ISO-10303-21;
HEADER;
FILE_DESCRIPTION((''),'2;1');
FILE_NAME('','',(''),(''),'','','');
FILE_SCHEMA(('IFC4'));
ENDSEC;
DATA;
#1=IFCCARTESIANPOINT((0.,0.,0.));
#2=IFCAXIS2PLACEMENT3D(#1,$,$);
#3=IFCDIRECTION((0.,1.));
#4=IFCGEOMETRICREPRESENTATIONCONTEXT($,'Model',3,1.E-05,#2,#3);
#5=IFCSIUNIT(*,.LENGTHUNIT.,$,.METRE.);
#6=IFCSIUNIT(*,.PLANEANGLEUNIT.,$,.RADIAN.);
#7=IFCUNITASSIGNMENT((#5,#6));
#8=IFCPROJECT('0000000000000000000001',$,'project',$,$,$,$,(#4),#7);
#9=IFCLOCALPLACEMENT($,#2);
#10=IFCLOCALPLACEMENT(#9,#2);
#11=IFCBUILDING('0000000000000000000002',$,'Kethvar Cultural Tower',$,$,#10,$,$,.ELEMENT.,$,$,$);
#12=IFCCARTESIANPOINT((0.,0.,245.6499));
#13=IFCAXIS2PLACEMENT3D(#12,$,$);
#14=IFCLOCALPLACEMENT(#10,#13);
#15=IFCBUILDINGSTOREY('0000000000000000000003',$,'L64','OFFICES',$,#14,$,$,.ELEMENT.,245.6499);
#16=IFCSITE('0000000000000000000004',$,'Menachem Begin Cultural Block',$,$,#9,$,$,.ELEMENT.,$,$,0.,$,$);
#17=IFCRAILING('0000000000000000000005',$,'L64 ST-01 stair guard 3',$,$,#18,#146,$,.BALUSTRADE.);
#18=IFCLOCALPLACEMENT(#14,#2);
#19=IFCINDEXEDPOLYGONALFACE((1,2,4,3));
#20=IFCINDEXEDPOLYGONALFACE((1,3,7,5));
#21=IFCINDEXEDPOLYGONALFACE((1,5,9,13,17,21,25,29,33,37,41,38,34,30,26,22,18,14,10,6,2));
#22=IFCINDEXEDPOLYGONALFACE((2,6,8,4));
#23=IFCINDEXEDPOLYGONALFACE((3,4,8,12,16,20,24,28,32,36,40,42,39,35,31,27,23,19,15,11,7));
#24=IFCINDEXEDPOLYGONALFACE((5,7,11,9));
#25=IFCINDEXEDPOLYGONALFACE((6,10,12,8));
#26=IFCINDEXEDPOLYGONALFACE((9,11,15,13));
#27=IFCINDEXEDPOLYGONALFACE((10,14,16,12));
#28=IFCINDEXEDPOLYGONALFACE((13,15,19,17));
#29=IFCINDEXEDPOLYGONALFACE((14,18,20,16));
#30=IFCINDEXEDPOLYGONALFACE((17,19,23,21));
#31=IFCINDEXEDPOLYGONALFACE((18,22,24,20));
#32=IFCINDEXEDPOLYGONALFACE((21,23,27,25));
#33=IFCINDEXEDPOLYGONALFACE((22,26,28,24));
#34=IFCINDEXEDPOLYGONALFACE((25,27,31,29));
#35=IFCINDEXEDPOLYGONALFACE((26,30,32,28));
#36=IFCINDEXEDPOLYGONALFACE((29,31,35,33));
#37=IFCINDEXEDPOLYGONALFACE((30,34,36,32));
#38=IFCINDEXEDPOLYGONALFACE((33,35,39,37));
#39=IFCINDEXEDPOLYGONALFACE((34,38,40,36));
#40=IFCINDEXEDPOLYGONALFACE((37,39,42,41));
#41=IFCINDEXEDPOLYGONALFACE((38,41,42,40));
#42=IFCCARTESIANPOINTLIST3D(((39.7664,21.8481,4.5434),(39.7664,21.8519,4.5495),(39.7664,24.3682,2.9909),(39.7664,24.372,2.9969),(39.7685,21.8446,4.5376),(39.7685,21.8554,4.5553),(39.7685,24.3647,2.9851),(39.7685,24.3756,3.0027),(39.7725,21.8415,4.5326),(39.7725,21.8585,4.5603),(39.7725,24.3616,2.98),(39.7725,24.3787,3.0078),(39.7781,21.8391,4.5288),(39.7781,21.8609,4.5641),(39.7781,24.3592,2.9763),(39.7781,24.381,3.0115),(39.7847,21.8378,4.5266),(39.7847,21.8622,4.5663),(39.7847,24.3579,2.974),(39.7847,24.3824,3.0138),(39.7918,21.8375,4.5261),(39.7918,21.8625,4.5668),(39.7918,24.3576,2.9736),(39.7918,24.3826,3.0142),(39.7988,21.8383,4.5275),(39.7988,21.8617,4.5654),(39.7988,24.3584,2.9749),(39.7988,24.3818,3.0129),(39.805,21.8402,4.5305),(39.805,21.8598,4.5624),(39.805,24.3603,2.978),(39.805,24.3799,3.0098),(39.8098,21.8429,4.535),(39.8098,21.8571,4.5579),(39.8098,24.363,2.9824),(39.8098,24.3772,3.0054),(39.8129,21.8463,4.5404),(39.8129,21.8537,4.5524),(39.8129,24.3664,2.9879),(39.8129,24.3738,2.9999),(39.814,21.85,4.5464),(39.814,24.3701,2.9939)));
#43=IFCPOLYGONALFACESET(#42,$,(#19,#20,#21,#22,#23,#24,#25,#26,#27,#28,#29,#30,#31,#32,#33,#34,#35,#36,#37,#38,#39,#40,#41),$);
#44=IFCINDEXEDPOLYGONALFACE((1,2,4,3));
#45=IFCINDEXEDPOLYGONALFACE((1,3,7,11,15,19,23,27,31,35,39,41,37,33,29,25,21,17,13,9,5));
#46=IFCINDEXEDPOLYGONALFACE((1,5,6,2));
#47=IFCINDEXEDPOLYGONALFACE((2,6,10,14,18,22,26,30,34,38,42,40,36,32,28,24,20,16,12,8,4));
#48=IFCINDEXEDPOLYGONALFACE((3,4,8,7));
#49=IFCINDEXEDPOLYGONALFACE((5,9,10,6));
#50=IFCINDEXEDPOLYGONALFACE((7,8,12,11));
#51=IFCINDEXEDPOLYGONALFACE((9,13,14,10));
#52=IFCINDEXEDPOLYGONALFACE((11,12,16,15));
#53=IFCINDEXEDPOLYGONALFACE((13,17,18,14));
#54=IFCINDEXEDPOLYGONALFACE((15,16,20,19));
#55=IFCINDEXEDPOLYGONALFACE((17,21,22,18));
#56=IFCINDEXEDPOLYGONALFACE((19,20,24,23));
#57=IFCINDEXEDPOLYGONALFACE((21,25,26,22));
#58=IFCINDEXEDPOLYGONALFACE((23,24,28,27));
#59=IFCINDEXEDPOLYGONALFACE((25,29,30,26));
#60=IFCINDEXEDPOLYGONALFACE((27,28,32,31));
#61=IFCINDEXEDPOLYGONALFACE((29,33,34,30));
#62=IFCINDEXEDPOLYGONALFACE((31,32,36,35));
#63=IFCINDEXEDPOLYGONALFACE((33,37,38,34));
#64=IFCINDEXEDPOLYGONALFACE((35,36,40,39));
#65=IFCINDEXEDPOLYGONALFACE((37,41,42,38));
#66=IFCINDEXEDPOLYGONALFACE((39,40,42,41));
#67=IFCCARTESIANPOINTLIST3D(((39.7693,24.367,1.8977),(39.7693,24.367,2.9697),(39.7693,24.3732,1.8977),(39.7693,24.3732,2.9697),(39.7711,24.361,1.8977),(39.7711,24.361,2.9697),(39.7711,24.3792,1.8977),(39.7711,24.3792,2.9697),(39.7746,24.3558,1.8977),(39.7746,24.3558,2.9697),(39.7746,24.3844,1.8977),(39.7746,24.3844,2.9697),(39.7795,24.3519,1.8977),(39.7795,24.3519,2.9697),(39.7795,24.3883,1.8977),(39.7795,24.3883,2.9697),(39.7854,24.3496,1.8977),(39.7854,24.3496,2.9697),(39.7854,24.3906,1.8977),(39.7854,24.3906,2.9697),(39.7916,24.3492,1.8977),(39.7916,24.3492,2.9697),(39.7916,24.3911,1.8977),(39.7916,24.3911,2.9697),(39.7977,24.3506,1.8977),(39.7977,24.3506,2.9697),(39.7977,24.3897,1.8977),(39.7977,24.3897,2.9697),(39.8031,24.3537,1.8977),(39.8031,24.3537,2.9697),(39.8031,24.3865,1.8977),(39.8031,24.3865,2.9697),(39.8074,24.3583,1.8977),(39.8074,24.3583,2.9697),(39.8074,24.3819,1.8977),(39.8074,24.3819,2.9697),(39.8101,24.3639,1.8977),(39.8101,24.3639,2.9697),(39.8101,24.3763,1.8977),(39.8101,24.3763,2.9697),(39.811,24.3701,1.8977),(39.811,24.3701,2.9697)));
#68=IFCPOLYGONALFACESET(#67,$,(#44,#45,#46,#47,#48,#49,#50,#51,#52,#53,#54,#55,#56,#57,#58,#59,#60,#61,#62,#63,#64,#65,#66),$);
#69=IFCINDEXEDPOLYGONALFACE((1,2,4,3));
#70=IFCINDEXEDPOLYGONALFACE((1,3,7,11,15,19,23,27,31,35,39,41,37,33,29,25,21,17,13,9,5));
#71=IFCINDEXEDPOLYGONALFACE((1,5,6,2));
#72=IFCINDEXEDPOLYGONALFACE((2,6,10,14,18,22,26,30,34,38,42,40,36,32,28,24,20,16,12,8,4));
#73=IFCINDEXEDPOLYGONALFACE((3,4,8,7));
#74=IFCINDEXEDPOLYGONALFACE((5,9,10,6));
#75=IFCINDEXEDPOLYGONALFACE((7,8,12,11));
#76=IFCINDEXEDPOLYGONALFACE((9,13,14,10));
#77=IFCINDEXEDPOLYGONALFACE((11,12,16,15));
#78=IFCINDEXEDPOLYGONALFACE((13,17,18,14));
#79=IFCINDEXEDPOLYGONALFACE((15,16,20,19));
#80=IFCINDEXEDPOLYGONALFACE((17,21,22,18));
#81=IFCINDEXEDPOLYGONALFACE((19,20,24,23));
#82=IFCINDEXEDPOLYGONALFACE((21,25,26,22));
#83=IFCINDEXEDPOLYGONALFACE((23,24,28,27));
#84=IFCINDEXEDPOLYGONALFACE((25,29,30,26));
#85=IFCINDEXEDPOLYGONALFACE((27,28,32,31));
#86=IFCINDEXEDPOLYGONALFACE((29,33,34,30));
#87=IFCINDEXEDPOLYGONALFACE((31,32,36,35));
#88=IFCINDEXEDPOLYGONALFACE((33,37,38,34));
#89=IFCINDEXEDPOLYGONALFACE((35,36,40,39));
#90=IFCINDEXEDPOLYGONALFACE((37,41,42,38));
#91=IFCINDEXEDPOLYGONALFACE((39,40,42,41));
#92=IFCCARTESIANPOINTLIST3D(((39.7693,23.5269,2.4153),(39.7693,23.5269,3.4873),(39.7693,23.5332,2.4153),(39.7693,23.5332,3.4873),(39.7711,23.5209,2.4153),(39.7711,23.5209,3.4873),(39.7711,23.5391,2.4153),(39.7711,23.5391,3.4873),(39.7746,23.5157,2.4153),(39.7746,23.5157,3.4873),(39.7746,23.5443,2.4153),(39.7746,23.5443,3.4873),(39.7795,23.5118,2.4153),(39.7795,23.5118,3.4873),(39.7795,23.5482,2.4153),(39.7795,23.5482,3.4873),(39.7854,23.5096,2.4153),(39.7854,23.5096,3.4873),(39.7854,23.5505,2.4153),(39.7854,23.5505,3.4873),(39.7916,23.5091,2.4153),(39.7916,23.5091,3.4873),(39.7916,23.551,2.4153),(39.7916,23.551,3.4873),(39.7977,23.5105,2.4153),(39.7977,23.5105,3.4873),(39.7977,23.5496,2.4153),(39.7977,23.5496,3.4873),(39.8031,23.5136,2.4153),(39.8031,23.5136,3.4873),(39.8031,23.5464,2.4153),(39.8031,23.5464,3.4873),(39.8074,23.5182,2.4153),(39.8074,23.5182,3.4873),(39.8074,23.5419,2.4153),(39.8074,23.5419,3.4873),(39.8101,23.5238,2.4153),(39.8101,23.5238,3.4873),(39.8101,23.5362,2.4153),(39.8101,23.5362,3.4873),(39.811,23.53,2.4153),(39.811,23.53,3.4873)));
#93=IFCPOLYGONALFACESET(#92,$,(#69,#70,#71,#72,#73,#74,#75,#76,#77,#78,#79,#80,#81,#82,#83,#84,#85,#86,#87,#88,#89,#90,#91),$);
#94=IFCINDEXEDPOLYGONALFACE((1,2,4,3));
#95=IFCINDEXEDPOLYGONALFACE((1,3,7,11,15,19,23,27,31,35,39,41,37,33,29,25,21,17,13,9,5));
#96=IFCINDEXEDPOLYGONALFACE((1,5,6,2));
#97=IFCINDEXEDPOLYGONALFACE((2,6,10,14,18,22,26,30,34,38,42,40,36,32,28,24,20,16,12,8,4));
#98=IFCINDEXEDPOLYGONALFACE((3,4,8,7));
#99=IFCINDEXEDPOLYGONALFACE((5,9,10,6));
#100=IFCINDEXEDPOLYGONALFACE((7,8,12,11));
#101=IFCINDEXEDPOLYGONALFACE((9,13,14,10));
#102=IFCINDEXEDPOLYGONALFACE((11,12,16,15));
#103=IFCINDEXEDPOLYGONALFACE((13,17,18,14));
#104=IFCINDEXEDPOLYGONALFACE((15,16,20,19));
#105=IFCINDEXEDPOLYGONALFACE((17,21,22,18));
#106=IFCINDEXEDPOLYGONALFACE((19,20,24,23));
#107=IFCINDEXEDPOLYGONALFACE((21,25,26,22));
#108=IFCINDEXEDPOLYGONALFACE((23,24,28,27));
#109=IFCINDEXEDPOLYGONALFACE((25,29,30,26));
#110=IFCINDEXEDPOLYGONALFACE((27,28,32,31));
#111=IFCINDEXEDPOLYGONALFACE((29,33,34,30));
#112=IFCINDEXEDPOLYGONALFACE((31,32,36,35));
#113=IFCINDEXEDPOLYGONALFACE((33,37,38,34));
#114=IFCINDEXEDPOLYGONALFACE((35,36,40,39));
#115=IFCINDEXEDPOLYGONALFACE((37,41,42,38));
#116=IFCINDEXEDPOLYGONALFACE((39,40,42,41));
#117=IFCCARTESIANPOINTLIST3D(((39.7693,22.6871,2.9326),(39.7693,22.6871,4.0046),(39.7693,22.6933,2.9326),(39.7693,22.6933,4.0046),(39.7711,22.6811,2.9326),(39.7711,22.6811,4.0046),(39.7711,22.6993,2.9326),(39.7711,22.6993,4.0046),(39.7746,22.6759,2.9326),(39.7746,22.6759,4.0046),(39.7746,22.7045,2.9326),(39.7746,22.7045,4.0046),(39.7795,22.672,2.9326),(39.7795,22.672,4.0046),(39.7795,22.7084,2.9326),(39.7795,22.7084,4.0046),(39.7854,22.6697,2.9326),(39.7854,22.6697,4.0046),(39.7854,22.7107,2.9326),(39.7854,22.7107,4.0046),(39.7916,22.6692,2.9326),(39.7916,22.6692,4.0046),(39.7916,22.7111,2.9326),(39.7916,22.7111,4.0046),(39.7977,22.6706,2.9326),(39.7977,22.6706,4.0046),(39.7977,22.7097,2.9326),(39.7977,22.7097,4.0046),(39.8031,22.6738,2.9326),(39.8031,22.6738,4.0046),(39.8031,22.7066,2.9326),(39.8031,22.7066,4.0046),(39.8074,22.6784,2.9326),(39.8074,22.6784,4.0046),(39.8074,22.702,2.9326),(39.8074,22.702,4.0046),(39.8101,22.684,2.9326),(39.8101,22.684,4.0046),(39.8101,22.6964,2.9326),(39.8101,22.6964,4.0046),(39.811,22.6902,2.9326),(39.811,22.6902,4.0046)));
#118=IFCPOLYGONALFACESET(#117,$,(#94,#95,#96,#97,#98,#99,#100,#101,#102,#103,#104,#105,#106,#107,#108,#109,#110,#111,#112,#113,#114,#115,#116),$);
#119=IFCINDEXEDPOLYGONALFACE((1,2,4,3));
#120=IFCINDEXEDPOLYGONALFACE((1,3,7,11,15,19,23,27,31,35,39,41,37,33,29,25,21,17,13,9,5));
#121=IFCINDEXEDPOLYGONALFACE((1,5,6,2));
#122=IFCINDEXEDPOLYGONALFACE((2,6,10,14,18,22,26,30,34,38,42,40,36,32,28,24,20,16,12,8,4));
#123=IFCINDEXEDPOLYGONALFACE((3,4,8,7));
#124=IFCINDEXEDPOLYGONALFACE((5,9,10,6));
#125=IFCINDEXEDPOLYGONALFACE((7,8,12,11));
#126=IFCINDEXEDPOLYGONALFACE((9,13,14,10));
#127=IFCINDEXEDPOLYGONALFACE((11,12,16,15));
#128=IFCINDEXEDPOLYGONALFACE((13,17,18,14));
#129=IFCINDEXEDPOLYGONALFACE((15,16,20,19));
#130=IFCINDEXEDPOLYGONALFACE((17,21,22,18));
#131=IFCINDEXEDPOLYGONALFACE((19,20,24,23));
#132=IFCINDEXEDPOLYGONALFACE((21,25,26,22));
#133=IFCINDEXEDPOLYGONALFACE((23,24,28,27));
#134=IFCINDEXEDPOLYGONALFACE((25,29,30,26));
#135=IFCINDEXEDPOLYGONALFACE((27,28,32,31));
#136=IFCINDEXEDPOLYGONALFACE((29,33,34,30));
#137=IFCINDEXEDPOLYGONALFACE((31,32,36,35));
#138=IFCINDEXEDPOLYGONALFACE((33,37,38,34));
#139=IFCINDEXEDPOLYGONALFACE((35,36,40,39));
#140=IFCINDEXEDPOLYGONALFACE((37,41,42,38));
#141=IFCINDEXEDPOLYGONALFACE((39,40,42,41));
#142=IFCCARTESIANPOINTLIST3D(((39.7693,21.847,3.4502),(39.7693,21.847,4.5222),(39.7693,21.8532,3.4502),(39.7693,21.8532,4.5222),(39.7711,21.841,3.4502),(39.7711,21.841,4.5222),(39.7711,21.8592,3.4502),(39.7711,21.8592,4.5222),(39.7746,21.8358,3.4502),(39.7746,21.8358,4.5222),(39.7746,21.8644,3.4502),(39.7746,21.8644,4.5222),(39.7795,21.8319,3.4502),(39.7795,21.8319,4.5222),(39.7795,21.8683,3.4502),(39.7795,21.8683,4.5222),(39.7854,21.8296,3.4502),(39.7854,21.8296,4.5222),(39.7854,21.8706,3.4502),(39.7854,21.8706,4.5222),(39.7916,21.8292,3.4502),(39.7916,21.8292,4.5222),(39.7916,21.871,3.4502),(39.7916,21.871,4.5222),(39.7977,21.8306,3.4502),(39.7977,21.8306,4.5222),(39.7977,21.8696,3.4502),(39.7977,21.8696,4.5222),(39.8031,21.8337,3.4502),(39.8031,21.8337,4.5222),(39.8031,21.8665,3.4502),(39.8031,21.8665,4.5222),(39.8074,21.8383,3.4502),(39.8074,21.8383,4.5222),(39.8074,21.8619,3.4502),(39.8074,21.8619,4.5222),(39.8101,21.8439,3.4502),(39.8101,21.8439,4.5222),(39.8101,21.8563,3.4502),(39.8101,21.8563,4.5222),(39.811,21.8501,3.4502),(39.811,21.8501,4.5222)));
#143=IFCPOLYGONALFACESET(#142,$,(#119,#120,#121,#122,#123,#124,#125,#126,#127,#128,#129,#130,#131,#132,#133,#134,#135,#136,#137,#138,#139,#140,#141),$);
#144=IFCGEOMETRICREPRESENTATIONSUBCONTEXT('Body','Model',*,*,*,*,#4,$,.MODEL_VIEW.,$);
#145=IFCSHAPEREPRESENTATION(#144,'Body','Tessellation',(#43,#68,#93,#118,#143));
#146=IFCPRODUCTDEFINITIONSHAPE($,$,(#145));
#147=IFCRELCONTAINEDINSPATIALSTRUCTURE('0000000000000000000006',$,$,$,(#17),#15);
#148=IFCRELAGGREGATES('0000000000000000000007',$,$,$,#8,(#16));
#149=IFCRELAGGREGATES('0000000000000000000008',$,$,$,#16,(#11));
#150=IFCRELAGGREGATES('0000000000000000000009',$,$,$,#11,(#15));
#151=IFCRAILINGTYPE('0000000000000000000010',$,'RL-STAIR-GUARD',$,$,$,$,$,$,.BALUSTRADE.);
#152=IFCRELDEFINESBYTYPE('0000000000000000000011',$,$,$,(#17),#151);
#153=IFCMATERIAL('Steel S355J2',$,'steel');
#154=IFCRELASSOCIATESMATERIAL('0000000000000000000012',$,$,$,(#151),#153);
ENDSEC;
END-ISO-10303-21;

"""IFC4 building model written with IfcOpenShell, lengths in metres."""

from ifc_helpers import new_model, si_unit, direction, frame, origin, origin_2d, place, context, subcontext, project, spatial, circle, extrude, material, type_object, element, save


model = new_model("IFC4")

# Units and contexts
model_context = context("Model", 3, precision=1e-05, world=origin(), true_north=direction((0.0, 1.0)))
body_context = subcontext(model_context, "Body", "Model", "MODEL_VIEW")
ifc_project = project(units=[si_unit("LENGTHUNIT", "METRE"), si_unit("PLANEANGLEUNIT", "RADIAN")], contexts=[model_context])

# Site, building, storey
site_placement = place(None, origin())
site = spatial("IfcSite", under=ifc_project, at=site_placement, Name="Menachem Begin Cultural Block", CompositionType="ELEMENT", RefElevation=0.0)
building_placement = place(site_placement, origin())
building = spatial("IfcBuilding", under=site, at=building_placement, Name="Kethvar Cultural Tower", CompositionType="ELEMENT")
storey_placement = place(building_placement, frame((0.0, 0.0, 245.6499)))
storey = spatial("IfcBuildingStorey", under=building, at=storey_placement, Name="L64", Description="OFFICES", CompositionType="ELEMENT", Elevation=245.6499)

# Shared definitions
ifc_material_1 = material(Name="Steel S355J2", Category="steel")

# Railing
railing_type = type_object("IfcRailingType", Name="RL-STAIR-GUARD", PredefinedType="BALUSTRADE", material=ifc_material_1)
railing_1_placement = place(storey_placement, frame((39.79, 24.3701, 1.8977)))
element("IfcRailing", 1, at=railing_1_placement, inside=storey, type_object=railing_type, Name="L64 ST-01 stair guard 3", PredefinedType="BALUSTRADE", context=body_context, shape_type="SweptSolid", body=[
    extrude(circle(Radius=0.0239, at=origin_2d()), frame((0.0, 0.0, 1.0962), z_axis=(0.0, -0.8514, 0.524516), x_axis=(1.0, 0.0, 0.0)), (0.0, 0.0, 1.0), 2.96),
    extrude(circle(Radius=0.021, at=origin_2d()), origin(), (0.0, 0.0, 1.0), 1.072),
    extrude(circle(Radius=0.021, at=origin_2d()), frame((0.0, -0.8401, 0.5176)), (0.0, 0.0, 1.0), 1.072),
    extrude(circle(Radius=0.021, at=origin_2d()), frame((0.0, -1.6799, 1.0349)), (0.0, 0.0, 1.0), 1.072),
    extrude(circle(Radius=0.021, at=origin_2d()), frame((0.0, -2.52, 1.5525)), (0.0, 0.0, 1.0), 1.072),
])

save(model, "model.ifc")
